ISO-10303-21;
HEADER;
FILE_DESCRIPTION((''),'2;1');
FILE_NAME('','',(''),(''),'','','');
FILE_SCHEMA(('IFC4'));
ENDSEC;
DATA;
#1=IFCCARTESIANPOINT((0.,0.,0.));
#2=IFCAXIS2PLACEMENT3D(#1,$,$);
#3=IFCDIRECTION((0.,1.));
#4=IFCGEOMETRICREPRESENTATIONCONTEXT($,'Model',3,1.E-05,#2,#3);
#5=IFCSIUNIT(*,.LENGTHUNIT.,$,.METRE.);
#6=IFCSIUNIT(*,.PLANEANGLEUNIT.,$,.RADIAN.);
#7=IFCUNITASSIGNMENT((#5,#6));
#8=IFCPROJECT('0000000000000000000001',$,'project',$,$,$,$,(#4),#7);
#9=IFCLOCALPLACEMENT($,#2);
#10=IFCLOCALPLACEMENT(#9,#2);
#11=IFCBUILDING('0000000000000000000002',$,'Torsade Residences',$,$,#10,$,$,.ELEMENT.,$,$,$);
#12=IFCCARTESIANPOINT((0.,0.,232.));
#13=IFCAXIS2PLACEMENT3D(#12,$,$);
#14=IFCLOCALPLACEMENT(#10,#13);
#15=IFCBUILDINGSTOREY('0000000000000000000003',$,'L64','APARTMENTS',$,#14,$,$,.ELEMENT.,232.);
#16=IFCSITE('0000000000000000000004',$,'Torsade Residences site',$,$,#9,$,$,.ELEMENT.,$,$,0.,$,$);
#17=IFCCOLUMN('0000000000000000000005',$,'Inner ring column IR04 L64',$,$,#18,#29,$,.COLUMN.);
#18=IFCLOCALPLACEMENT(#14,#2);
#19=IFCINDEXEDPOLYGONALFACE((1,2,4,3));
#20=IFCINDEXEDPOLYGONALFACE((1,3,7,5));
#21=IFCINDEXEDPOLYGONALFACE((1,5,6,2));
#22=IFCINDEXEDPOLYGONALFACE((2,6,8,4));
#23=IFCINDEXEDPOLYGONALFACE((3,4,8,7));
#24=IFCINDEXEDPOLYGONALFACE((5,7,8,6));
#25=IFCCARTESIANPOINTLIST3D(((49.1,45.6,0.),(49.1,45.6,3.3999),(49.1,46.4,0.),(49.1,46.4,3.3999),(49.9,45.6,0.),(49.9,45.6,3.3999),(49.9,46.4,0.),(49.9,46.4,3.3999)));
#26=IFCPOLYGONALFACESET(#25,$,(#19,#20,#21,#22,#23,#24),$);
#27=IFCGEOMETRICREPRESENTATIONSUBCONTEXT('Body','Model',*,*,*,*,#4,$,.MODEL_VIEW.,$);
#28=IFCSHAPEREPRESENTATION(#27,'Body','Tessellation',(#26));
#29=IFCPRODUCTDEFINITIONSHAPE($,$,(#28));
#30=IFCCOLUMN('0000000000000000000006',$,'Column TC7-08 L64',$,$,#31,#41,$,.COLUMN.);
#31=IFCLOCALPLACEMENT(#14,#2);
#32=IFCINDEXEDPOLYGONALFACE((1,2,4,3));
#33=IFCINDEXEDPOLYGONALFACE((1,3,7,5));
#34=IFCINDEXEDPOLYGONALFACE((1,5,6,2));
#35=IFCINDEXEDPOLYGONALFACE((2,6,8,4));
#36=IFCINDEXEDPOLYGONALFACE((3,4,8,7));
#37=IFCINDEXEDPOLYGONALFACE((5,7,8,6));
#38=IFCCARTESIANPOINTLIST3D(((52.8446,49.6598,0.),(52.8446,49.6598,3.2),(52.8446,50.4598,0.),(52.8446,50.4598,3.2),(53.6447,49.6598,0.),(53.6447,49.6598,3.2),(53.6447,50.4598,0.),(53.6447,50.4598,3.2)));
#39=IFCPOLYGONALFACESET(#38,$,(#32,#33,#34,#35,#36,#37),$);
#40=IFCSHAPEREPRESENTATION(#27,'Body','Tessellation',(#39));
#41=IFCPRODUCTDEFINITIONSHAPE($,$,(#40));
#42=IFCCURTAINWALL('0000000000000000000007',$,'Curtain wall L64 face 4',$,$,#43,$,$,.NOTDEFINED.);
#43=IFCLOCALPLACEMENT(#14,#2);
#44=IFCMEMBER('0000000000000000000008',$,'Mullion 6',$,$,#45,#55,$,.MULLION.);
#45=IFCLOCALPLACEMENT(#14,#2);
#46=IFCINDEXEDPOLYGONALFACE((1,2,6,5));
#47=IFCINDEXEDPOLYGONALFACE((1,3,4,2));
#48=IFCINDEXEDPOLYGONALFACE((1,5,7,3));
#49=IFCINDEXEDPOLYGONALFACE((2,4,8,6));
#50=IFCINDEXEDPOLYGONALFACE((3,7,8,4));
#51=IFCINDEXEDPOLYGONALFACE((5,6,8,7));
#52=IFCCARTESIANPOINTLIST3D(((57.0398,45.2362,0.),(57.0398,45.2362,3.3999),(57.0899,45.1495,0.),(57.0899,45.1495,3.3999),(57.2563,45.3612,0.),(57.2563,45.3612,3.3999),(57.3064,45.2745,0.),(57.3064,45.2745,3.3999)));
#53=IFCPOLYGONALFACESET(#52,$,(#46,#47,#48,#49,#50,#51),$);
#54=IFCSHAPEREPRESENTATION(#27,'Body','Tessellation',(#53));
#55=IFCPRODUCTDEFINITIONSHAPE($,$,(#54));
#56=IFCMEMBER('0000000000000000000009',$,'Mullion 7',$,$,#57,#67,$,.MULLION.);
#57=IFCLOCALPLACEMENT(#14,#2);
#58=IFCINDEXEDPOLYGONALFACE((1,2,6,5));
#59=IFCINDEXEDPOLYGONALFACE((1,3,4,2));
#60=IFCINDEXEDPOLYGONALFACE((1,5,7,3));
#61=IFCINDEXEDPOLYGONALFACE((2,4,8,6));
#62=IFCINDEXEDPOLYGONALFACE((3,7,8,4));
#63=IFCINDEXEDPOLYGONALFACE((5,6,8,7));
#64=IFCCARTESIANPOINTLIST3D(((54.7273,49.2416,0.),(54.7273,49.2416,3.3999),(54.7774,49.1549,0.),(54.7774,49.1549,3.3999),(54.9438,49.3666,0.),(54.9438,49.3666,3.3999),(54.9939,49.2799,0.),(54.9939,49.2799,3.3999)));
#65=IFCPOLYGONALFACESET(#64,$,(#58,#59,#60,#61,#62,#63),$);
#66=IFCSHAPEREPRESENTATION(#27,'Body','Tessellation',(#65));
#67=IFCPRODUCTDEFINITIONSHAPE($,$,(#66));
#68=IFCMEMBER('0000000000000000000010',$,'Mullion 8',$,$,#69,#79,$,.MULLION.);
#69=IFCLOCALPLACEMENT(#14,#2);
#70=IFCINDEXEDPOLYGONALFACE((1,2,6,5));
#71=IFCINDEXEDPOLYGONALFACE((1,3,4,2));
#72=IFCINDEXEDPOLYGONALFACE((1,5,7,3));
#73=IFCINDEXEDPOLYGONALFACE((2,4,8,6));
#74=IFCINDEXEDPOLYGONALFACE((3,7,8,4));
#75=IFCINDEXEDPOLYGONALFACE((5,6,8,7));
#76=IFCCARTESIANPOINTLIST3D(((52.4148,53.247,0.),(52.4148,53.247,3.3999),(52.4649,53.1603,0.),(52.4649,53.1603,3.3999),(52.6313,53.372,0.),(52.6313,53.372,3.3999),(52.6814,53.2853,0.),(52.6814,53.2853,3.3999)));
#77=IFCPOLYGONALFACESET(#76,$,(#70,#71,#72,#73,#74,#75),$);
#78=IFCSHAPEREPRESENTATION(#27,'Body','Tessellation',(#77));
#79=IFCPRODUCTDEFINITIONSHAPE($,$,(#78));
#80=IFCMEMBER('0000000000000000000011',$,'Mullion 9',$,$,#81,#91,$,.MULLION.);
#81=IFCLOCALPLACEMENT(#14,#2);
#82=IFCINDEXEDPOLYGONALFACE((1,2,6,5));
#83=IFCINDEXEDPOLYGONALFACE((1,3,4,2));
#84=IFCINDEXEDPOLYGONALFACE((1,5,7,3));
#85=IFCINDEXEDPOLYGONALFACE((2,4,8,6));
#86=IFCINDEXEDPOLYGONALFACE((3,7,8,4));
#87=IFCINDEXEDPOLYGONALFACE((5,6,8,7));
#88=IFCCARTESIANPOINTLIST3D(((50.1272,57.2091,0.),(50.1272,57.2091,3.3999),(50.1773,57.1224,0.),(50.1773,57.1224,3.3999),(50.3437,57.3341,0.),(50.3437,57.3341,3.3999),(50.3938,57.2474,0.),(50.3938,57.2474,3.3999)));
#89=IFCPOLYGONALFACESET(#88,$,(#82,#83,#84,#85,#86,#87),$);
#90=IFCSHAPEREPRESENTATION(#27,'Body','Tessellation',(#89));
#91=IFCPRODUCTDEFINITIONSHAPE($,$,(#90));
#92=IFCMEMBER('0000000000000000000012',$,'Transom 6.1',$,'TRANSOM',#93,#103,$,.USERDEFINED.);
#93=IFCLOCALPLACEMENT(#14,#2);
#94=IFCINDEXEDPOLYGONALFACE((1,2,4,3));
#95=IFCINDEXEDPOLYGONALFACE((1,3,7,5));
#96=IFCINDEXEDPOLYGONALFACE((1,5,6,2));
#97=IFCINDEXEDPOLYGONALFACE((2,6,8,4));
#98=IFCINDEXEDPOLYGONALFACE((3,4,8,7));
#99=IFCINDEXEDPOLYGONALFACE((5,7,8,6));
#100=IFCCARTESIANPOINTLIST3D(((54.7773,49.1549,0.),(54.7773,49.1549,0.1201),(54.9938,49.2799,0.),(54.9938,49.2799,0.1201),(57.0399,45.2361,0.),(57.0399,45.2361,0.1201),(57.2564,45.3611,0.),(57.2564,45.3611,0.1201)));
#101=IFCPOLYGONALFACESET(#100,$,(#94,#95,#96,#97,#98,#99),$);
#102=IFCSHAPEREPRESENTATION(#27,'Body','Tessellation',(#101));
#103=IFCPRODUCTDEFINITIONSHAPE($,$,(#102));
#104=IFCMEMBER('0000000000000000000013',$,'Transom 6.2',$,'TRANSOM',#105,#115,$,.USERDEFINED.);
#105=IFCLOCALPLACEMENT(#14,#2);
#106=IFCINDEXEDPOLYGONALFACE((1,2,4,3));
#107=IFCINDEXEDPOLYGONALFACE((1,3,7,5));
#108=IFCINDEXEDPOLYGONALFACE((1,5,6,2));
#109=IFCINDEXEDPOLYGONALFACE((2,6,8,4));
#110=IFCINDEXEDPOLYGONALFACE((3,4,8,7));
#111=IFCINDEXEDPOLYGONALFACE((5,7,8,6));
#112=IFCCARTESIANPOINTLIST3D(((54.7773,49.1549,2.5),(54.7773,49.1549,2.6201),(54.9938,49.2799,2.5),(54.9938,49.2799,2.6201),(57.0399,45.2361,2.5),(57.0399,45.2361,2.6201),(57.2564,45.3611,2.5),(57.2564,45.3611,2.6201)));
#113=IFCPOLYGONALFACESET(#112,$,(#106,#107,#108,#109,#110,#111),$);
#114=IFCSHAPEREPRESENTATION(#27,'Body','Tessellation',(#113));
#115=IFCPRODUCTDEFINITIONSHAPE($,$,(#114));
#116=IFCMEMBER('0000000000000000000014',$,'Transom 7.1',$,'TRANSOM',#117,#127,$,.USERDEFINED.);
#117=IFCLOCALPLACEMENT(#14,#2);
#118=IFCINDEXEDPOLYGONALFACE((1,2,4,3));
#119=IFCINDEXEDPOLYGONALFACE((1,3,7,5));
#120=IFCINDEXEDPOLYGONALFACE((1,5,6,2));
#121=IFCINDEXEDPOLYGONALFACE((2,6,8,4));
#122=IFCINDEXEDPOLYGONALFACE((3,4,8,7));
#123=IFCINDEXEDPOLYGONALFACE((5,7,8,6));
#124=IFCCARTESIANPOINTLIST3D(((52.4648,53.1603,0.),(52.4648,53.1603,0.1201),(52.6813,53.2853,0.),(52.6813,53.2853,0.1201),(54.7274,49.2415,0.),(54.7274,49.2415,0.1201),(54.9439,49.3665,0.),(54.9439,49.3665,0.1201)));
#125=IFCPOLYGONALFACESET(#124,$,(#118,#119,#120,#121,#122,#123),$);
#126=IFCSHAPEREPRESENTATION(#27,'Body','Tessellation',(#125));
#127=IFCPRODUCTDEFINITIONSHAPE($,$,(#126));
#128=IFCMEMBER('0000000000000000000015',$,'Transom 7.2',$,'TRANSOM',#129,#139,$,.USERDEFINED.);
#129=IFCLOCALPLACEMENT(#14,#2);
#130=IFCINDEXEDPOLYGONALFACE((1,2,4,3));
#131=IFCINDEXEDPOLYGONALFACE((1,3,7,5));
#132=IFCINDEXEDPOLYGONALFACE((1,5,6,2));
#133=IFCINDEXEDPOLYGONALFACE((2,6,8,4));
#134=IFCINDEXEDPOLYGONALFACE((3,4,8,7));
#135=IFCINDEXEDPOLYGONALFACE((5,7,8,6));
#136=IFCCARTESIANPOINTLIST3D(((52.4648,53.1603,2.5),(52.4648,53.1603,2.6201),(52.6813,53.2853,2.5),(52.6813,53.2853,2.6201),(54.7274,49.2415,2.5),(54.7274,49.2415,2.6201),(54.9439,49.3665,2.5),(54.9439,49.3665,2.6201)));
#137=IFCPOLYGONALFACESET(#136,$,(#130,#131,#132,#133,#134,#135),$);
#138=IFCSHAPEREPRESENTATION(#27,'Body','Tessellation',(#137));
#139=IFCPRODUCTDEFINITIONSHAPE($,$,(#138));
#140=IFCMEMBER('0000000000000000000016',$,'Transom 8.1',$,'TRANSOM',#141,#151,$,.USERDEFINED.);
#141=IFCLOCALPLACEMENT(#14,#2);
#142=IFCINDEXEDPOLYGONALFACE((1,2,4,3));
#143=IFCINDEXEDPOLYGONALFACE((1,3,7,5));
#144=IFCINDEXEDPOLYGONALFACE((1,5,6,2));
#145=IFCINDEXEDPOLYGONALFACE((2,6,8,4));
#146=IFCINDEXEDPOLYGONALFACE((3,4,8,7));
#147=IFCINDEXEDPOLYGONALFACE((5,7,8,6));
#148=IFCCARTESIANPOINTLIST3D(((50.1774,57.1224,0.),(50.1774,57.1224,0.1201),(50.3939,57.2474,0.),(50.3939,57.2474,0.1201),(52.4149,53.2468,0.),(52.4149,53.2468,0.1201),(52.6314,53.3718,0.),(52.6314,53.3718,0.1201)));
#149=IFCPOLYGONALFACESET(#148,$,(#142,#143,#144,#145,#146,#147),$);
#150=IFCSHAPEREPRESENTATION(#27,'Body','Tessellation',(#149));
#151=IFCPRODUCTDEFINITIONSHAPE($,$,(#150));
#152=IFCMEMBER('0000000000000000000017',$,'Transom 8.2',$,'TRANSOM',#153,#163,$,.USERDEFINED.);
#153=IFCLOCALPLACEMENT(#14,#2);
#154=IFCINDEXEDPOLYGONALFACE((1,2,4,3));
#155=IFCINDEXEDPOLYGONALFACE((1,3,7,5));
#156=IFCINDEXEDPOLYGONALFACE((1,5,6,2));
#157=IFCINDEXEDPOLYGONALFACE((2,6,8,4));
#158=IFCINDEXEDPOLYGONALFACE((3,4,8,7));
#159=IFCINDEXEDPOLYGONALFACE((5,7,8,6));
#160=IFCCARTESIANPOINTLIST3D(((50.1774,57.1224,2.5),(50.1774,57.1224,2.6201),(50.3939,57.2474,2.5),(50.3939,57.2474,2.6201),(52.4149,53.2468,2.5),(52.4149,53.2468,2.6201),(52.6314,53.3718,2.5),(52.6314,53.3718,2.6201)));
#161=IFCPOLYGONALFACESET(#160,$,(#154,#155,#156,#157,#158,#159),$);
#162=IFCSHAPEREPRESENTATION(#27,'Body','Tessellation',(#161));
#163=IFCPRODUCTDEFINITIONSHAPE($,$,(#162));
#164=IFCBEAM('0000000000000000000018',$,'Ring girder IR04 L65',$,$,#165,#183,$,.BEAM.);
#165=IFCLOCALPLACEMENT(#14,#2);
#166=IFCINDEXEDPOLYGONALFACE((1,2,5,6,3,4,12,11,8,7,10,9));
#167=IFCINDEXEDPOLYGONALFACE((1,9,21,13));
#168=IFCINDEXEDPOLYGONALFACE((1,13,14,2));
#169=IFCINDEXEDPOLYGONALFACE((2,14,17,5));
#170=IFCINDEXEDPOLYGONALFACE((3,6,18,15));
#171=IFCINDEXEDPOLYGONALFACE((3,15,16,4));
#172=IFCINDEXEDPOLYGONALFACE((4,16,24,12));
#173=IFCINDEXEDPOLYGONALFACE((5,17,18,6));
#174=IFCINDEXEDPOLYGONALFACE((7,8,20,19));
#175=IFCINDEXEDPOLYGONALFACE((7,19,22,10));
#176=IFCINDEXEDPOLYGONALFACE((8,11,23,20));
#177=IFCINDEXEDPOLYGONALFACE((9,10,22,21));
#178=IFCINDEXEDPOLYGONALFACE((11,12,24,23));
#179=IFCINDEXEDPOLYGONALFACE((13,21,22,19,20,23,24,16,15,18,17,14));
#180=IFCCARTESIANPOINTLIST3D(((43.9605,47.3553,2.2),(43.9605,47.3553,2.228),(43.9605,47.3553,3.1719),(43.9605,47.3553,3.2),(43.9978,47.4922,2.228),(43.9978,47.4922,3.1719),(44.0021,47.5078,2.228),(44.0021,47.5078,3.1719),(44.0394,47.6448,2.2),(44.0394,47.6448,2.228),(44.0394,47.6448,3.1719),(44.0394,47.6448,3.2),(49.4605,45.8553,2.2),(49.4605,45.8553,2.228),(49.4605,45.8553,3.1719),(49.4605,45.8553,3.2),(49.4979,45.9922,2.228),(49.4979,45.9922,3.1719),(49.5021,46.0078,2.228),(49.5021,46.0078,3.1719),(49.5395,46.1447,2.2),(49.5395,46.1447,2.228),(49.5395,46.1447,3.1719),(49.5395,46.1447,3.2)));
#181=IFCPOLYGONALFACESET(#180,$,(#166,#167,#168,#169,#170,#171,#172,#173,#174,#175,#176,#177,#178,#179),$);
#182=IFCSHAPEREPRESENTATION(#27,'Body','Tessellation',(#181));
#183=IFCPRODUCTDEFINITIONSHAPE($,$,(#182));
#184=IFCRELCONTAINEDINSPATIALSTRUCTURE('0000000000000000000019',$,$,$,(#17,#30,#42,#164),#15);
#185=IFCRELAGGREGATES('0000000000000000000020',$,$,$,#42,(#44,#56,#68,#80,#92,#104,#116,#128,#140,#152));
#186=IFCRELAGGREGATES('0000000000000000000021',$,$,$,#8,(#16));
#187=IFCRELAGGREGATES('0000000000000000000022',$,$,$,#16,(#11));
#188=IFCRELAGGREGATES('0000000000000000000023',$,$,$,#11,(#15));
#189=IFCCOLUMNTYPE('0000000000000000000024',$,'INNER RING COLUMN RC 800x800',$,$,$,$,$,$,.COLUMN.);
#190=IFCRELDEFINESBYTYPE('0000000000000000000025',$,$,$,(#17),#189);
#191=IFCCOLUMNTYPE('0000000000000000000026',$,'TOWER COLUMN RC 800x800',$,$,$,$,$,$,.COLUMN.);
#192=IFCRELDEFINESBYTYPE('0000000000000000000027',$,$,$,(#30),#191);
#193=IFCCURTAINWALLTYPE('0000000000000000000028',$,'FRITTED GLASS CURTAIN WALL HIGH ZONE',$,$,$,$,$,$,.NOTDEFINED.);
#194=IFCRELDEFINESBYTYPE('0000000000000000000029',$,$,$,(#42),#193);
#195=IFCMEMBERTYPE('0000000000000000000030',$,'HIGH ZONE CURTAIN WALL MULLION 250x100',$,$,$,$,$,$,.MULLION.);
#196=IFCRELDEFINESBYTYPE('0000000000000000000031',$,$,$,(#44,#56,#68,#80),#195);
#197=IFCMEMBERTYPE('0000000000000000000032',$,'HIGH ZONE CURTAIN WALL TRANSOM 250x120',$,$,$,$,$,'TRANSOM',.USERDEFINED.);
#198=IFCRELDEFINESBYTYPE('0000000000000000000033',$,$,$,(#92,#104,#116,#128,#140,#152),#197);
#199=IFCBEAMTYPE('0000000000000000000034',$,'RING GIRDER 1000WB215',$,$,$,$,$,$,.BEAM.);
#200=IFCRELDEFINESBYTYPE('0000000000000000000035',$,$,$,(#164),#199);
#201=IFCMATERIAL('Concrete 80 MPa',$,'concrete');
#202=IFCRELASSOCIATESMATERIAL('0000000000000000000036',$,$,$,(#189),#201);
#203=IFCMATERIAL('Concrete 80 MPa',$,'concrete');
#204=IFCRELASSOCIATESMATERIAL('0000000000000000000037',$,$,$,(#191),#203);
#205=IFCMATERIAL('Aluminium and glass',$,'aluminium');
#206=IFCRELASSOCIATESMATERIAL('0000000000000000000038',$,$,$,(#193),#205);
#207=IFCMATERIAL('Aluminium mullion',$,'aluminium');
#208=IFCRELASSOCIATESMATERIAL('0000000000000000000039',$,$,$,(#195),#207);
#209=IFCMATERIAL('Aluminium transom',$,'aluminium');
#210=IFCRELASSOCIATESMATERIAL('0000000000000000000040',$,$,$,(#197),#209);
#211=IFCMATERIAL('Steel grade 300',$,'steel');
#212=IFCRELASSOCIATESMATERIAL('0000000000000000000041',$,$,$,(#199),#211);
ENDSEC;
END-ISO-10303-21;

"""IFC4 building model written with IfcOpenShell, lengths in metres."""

from ifc_helpers import new_model, si_unit, direction, frame, origin, origin_2d, place, context, subcontext, project, spatial, rectangle, i_section, extrude, material, material_profile, profile_set, type_object, element, aggregate, save


model = new_model("IFC4")

# Units and contexts
model_context = context("Model", 3, precision=1e-05, world=origin(), true_north=direction((0.0, 1.0)))
body_context = subcontext(model_context, "Body", "Model", "MODEL_VIEW")
ifc_project = project(units=[si_unit("LENGTHUNIT", "METRE"), si_unit("PLANEANGLEUNIT", "RADIAN")], contexts=[model_context])

# Site, building, storey
site_placement = place(None, origin())
site = spatial("IfcSite", under=ifc_project, at=site_placement, Name="Torsade Residences site", CompositionType="ELEMENT", RefElevation=0.0)
building_placement = place(site_placement, origin())
building = spatial("IfcBuilding", under=site, at=building_placement, Name="Torsade Residences", CompositionType="ELEMENT")
storey_placement = place(building_placement, frame((0.0, 0.0, 232.0)))
storey = spatial("IfcBuildingStorey", under=building, at=storey_placement, Name="L64", Description="APARTMENTS", CompositionType="ELEMENT", Elevation=232.0)

# Columns
ifc_material_1 = material(Name="Concrete 80 MPa", Category="concrete")
ifc_material_profile_1 = material_profile(ifc_material_1, rectangle(XDim=0.8, YDim=0.8, at=origin_2d()), Name="RC 800x800")
ifc_profile_set_1 = profile_set([ifc_material_profile_1], Name="Concrete 80 MPa")
column_type_1 = type_object("IfcColumnType", Name="INNER RING COLUMN RC 800x800", PredefinedType="COLUMN", material=ifc_profile_set_1)
column_1_placement = place(storey_placement, frame((49.5, 46.0, 0.0), z_axis=(0.0, 0.0, 1.0), x_axis=(1.0, 0.0, 0.0)))
element("IfcColumn", 1, at=column_1_placement, inside=storey, type_object=column_type_1, Name="Inner ring column IR04 L64", PredefinedType="COLUMN", context=body_context, shape_type="SweptSolid", body=[
    extrude(rectangle(XDim=0.8, YDim=0.8, at=origin_2d()), origin(), (0.0, 0.0, 1.0), 3.3999),
])
ifc_material_2 = material(Name="Concrete 80 MPa", Category="concrete")
ifc_material_profile_2 = material_profile(ifc_material_2, rectangle(XDim=0.8, YDim=0.8, at=origin_2d()), Name="RC 800x800")
ifc_profile_set_2 = profile_set([ifc_material_profile_2], Name="Concrete 80 MPa")
column_type_2 = type_object("IfcColumnType", Name="TOWER COLUMN RC 800x800", PredefinedType="COLUMN", material=ifc_profile_set_2)
column_2_placement = place(storey_placement, frame((53.2446, 50.0598, 0.0), z_axis=(0.0, 0.0, 1.0), x_axis=(1.0, 0.0, 0.0)))
element("IfcColumn", 2, at=column_2_placement, inside=storey, type_object=column_type_2, Name="Column TC7-08 L64", PredefinedType="COLUMN", context=body_context, shape_type="SweptSolid", body=[
    extrude(rectangle(XDim=0.8, YDim=0.8, at=origin_2d()), origin(), (0.0, 0.0, 1.0), 3.2),
])

# Curtain wall, members
ifc_material_3 = material(Name="Aluminium and glass", Category="aluminium")
curtain_wall_type = type_object("IfcCurtainWallType", Name="FRITTED GLASS CURTAIN WALL HIGH ZONE", PredefinedType="NOTDEFINED", material=ifc_material_3)
curtain_wall_placement = place(storey_placement, origin())
curtain_wall = element("IfcCurtainWall", 3, at=curtain_wall_placement, inside=storey, type_object=curtain_wall_type, Name="Curtain wall L64 face 4", PredefinedType="NOTDEFINED")
ifc_material_4 = material(Name="Aluminium mullion", Category="aluminium")
ifc_material_profile_3 = material_profile(ifc_material_4, rectangle(XDim=0.25, YDim=0.1001, at=origin_2d()), Name="HIGH ZONE CURTAIN WALL MULLION 250x100")
ifc_profile_set_3 = profile_set([ifc_material_profile_3], Name="Aluminium mullion")
member_type_1 = type_object("IfcMemberType", Name="HIGH ZONE CURTAIN WALL MULLION 250x100", PredefinedType="MULLION", material=ifc_profile_set_3)
member_1_placement = place(storey_placement, frame((57.1731, 45.2554, 0.0), z_axis=(0.0, 0.0, 1.0), x_axis=(-0.866025, -0.5, 0.0)))
member_1 = element("IfcMember", 4, at=member_1_placement, type_object=member_type_1, Name="Mullion 6", PredefinedType="MULLION", context=body_context, shape_type="SweptSolid", body=[
    extrude(rectangle(XDim=0.25, YDim=0.1001, at=origin_2d()), origin(), (0.0, 0.0, 1.0), 3.3999),
])
member_2_placement = place(storey_placement, frame((54.8606, 49.2607, 0.0), z_axis=(0.0, 0.0, 1.0), x_axis=(-0.866025, -0.5, 0.0)))
member_2 = element("IfcMember", 5, at=member_2_placement, type_object=member_type_1, Name="Mullion 7", PredefinedType="MULLION", context=body_context, shape_type="SweptSolid", body=[
    extrude(rectangle(XDim=0.25, YDim=0.1001, at=origin_2d()), origin(), (0.0, 0.0, 1.0), 3.3999),
])
member_3_placement = place(storey_placement, frame((52.5481, 53.2661, 0.0), z_axis=(0.0, 0.0, 1.0), x_axis=(-0.866025, -0.5, 0.0)))
member_3 = element("IfcMember", 6, at=member_3_placement, type_object=member_type_1, Name="Mullion 8", PredefinedType="MULLION", context=body_context, shape_type="SweptSolid", body=[
    extrude(rectangle(XDim=0.25, YDim=0.1001, at=origin_2d()), origin(), (0.0, 0.0, 1.0), 3.3999),
])
member_4_placement = place(storey_placement, frame((50.2605, 57.2283, 0.0), z_axis=(0.0, 0.0, 1.0), x_axis=(-0.866025, -0.5, 0.0)))
member_4 = element("IfcMember", 7, at=member_4_placement, type_object=member_type_1, Name="Mullion 9", PredefinedType="MULLION", context=body_context, shape_type="SweptSolid", body=[
    extrude(rectangle(XDim=0.25, YDim=0.1001, at=origin_2d()), origin(), (0.0, 0.0, 1.0), 3.3999),
])
ifc_material_5 = material(Name="Aluminium transom", Category="aluminium")
ifc_material_profile_4 = material_profile(ifc_material_5, rectangle(XDim=0.25, YDim=0.1201, at=origin_2d()), Name="HIGH ZONE CURTAIN WALL TRANSOM 250x120")
ifc_profile_set_4 = profile_set([ifc_material_profile_4], Name="Aluminium transom")
member_type_2 = type_object("IfcMemberType", Name="HIGH ZONE CURTAIN WALL TRANSOM 250x120", ElementType="TRANSOM", PredefinedType="USERDEFINED", material=ifc_profile_set_4)
member_5_placement = place(storey_placement, frame((57.1482, 45.2986, 0.0601), z_axis=(-0.500015, 0.866017, 0.0), x_axis=(-0.866017, -0.500015, 0.0)))
member_5 = element("IfcMember", 8, at=member_5_placement, type_object=member_type_2, Name="Transom 6.1", ObjectType="TRANSOM", PredefinedType="USERDEFINED", context=body_context, shape_type="SweptSolid", body=[
    extrude(rectangle(XDim=0.25, YDim=0.1201, at=origin_2d()), origin(), (0.0, 0.0, 1.0), 4.5251),
])
member_6_placement = place(storey_placement, frame((57.1482, 45.2986, 2.5601), z_axis=(-0.500015, 0.866017, 0.0), x_axis=(-0.866017, -0.500015, 0.0)))
member_6 = element("IfcMember", 9, at=member_6_placement, type_object=member_type_2, Name="Transom 6.2", ObjectType="TRANSOM", PredefinedType="USERDEFINED", context=body_context, shape_type="SweptSolid", body=[
    extrude(rectangle(XDim=0.25, YDim=0.1201, at=origin_2d()), origin(), (0.0, 0.0, 1.0), 4.5251),
])
member_7_placement = place(storey_placement, frame((54.8357, 49.304, 0.0601), z_axis=(-0.500015, 0.866017, 0.0), x_axis=(-0.866017, -0.500015, 0.0)))
member_7 = element("IfcMember", 10, at=member_7_placement, type_object=member_type_2, Name="Transom 7.1", ObjectType="TRANSOM", PredefinedType="USERDEFINED", context=body_context, shape_type="SweptSolid", body=[
    extrude(rectangle(XDim=0.25, YDim=0.1201, at=origin_2d()), origin(), (0.0, 0.0, 1.0), 4.5251),
])
member_8_placement = place(storey_placement, frame((54.8357, 49.304, 2.5601), z_axis=(-0.500015, 0.866017, 0.0), x_axis=(-0.866017, -0.500015, 0.0)))
member_8 = element("IfcMember", 11, at=member_8_placement, type_object=member_type_2, Name="Transom 7.2", ObjectType="TRANSOM", PredefinedType="USERDEFINED", context=body_context, shape_type="SweptSolid", body=[
    extrude(rectangle(XDim=0.25, YDim=0.1201, at=origin_2d()), origin(), (0.0, 0.0, 1.0), 4.5251),
])
member_9_placement = place(storey_placement, frame((52.5232, 53.3093, 0.0601), z_axis=(-0.500006, 0.866022, 0.0), x_axis=(-0.866022, -0.500006, 0.0)))
member_9 = element("IfcMember", 12, at=member_9_placement, type_object=member_type_2, Name="Transom 8.1", ObjectType="TRANSOM", PredefinedType="USERDEFINED", context=body_context, shape_type="SweptSolid", body=[
    extrude(rectangle(XDim=0.25, YDim=0.1201, at=origin_2d()), origin(), (0.0, 0.0, 1.0), 4.4751),
])
member_10_placement = place(storey_placement, frame((52.5232, 53.3093, 2.5601), z_axis=(-0.500006, 0.866022, 0.0), x_axis=(-0.866022, -0.500006, 0.0)))
member_10 = element("IfcMember", 13, at=member_10_placement, type_object=member_type_2, Name="Transom 8.2", ObjectType="TRANSOM", PredefinedType="USERDEFINED", context=body_context, shape_type="SweptSolid", body=[
    extrude(rectangle(XDim=0.25, YDim=0.1201, at=origin_2d()), origin(), (0.0, 0.0, 1.0), 4.4751),
])

# Beam
ifc_material_6 = material(Name="Steel grade 300", Category="steel")
ifc_material_profile_5 = material_profile(ifc_material_6, i_section(OverallWidth=0.3, OverallDepth=1.0, WebThickness=0.0161, FlangeThickness=0.0281, at=origin_2d()), Name="1000WB215")
ifc_profile_set_5 = profile_set([ifc_material_profile_5], Name="Steel grade 300")
beam_type_1 = type_object("IfcBeamType", Name="RING GIRDER 1000WB215", PredefinedType="BEAM", material=ifc_profile_set_5)
beam_1_placement = place(storey_placement, frame((49.5, 46.0, 2.7), z_axis=(-0.964764, 0.263117, 0.0), x_axis=(-0.263117, -0.964764, 0.0)))
element("IfcBeam", 14, at=beam_1_placement, inside=storey, type_object=beam_type_1, Name="Ring girder IR04 L65", PredefinedType="BEAM", context=body_context, shape_type="SweptSolid", body=[
    extrude(i_section(OverallWidth=0.3, OverallDepth=1.0, WebThickness=0.0161, FlangeThickness=0.0281, at=origin_2d()), origin(), (0.0, 0.0, 1.0), 5.7009),
])

aggregate(curtain_wall, [member_1, member_2, member_3, member_4, member_5, member_6, member_7, member_8, member_9, member_10])

save(model, "model.ifc")
